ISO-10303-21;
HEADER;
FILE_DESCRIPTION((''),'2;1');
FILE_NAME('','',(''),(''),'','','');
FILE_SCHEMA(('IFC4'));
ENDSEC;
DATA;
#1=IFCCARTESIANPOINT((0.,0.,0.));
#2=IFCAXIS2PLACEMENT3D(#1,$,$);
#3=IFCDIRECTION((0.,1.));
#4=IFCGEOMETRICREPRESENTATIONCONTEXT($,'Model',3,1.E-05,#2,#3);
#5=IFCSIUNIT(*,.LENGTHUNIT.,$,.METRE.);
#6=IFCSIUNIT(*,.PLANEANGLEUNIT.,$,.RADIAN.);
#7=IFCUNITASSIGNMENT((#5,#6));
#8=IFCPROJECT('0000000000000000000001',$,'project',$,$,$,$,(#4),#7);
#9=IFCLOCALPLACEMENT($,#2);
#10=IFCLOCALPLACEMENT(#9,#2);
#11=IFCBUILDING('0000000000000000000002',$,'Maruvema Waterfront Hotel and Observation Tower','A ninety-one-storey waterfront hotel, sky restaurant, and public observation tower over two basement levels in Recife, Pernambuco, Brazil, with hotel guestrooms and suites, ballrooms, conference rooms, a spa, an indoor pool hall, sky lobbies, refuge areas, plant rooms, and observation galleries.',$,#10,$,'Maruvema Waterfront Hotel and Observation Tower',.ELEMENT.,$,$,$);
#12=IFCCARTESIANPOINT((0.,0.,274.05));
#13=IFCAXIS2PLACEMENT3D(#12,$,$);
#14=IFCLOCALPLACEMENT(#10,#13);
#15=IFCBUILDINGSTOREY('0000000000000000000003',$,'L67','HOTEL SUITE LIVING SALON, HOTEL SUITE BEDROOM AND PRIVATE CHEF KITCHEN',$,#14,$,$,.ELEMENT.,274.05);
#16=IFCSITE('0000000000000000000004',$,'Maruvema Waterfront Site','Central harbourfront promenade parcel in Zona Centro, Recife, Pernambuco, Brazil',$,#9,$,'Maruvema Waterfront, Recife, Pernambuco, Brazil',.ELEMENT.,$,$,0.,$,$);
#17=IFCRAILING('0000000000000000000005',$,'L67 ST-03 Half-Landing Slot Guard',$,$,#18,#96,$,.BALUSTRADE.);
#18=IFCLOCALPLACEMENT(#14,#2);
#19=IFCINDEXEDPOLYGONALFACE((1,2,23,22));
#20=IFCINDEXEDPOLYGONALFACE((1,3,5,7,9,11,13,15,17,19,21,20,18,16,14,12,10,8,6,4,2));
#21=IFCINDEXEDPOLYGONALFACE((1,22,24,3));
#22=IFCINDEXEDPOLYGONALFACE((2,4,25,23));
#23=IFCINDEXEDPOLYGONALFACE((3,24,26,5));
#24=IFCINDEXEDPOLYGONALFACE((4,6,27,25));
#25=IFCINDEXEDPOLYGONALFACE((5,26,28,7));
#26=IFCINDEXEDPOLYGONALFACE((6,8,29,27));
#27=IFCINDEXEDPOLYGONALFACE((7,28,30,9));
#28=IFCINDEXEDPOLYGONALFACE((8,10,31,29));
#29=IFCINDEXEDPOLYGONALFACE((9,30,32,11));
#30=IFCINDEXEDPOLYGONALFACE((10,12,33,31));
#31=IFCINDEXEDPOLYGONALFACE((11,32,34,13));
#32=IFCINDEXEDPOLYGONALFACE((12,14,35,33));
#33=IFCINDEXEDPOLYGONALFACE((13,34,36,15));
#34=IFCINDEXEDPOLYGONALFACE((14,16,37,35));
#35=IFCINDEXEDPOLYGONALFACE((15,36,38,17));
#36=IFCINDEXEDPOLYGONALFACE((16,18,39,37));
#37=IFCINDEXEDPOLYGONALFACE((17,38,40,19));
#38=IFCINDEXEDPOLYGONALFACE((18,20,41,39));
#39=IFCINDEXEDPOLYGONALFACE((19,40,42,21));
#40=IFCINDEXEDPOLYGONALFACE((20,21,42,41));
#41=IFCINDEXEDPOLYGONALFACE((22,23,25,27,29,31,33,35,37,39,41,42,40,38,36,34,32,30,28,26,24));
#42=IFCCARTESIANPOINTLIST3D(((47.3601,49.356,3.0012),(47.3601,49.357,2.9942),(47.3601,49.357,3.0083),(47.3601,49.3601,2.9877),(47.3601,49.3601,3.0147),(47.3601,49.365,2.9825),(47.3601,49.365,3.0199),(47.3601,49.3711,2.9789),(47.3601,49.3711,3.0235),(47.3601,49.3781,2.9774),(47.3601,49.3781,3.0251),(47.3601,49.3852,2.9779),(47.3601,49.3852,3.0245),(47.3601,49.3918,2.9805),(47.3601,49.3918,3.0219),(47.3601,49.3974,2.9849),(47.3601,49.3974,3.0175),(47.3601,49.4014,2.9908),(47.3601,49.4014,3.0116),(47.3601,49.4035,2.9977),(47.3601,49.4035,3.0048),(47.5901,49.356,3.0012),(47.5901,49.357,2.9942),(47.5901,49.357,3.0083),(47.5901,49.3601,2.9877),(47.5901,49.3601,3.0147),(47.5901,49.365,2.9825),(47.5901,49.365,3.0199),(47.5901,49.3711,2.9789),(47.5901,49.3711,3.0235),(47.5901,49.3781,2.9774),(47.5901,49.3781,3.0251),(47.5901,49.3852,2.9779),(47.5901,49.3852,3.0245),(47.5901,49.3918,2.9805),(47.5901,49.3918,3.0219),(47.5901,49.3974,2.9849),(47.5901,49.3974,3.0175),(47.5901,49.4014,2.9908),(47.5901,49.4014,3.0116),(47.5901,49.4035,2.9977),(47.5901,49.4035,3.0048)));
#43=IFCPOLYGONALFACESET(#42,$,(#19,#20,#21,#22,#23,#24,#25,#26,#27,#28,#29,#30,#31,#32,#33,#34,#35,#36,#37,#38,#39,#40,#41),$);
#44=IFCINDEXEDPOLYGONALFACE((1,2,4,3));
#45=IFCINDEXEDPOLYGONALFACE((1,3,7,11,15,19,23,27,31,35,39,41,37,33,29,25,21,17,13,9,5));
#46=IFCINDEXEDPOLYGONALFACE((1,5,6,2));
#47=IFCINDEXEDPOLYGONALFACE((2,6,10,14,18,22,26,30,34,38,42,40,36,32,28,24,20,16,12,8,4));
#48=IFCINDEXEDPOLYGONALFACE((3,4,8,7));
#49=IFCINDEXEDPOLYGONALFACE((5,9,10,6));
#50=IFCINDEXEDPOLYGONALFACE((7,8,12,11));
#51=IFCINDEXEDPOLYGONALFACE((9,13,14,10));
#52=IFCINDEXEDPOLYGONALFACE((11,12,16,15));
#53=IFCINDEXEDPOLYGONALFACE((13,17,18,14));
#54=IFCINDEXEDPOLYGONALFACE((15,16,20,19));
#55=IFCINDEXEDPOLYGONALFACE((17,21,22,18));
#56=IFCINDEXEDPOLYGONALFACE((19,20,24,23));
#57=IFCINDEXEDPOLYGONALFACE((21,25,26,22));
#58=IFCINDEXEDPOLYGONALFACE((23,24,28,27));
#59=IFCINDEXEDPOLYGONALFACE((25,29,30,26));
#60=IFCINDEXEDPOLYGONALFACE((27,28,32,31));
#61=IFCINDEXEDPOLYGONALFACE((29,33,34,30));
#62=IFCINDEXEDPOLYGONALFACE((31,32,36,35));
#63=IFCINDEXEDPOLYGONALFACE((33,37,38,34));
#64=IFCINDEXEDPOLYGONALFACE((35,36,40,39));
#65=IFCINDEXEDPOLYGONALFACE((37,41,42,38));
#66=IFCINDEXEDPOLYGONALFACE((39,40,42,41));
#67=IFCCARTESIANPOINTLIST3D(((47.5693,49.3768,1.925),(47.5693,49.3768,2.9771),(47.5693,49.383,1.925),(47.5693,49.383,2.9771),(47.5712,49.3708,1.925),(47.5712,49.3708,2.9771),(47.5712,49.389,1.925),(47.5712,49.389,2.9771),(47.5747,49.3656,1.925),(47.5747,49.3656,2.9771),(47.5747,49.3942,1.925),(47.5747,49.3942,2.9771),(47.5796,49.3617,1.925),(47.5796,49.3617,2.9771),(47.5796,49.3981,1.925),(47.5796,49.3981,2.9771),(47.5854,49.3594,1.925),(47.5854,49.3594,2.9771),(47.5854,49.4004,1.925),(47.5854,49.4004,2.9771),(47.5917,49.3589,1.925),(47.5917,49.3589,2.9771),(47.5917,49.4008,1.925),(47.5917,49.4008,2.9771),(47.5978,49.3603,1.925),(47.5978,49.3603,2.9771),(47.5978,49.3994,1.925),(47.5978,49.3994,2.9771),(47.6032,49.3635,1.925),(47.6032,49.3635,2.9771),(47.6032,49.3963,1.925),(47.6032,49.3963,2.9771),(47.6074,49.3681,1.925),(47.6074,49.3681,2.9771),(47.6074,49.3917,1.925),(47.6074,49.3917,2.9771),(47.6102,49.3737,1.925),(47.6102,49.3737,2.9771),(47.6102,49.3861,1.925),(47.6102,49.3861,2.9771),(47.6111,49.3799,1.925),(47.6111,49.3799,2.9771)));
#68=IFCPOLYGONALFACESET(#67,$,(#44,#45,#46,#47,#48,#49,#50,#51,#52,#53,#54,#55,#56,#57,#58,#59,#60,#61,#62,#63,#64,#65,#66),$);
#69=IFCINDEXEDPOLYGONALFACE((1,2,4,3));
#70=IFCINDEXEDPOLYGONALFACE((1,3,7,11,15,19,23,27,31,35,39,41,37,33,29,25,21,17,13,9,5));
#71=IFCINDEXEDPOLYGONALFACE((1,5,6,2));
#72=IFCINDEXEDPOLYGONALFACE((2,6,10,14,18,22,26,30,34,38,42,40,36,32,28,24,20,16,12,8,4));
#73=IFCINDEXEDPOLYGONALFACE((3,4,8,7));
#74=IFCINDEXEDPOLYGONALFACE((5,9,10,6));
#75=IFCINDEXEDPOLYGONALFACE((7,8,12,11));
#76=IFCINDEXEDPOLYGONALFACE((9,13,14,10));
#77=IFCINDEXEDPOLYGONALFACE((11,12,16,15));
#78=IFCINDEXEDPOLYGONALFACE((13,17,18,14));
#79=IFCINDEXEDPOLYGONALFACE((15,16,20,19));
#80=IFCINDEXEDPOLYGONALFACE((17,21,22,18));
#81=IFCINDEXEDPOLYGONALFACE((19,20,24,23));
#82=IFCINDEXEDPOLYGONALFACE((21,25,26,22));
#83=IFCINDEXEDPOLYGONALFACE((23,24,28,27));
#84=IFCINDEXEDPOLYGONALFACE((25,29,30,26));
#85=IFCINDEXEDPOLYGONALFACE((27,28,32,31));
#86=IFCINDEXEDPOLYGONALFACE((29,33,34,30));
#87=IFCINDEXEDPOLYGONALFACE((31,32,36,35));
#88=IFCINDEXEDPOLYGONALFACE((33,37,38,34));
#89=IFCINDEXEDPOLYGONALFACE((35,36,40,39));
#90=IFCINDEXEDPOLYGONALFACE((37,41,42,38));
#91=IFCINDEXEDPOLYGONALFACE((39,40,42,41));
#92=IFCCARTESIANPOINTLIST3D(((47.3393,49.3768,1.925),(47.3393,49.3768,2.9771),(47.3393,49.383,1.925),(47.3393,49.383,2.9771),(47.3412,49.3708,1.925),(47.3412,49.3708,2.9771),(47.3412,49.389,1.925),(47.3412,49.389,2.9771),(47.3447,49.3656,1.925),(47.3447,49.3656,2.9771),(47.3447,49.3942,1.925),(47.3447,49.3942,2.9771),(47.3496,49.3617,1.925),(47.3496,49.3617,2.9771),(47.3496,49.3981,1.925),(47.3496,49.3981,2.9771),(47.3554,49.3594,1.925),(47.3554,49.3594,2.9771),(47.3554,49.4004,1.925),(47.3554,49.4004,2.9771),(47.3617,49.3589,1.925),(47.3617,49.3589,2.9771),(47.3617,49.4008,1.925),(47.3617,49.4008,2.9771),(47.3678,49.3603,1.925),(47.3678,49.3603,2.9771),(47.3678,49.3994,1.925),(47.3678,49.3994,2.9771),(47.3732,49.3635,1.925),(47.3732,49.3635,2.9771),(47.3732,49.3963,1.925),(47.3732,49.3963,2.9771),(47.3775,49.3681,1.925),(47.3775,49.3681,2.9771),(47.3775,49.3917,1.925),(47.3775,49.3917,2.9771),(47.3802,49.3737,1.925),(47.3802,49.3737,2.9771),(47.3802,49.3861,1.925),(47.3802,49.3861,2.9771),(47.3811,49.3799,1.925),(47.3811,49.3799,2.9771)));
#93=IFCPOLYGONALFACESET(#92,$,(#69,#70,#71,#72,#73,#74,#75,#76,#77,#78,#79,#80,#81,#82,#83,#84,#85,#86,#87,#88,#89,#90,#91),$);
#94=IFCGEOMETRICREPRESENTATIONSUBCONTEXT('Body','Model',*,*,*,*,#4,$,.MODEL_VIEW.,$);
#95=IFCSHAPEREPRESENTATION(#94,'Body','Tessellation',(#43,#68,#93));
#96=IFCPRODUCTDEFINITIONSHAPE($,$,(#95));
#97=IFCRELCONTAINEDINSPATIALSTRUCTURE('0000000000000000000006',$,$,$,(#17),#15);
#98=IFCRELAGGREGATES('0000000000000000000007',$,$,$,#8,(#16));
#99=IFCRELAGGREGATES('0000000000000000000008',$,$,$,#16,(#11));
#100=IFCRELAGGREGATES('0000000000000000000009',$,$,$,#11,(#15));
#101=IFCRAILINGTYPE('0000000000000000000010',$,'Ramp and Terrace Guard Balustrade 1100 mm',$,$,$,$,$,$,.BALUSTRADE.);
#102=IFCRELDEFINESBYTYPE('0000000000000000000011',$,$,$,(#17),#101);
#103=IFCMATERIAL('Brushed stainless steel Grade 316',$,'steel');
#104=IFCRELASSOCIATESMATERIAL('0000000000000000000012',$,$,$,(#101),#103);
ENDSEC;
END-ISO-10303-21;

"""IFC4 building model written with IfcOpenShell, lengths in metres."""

from ifc_helpers import new_model, si_unit, direction, frame, origin, origin_2d, place, context, subcontext, project, spatial, circle, extrude, material, type_object, element, save


model = new_model("IFC4")

# Units and contexts
model_context = context("Model", 3, precision=1e-05, world=origin(), true_north=direction((0.0, 1.0)))
body_context = subcontext(model_context, "Body", "Model", "MODEL_VIEW")
ifc_project = project(units=[si_unit("LENGTHUNIT", "METRE"), si_unit("PLANEANGLEUNIT", "RADIAN")], contexts=[model_context])

# Site, building, storey
site_placement = place(None, origin())
site = spatial("IfcSite", under=ifc_project, at=site_placement, Name="Maruvema Waterfront Site", Description="Central harbourfront promenade parcel in Zona Centro, Recife, Pernambuco, Brazil", LongName="Maruvema Waterfront, Recife, Pernambuco, Brazil", CompositionType="ELEMENT", RefElevation=0.0)
building_placement = place(site_placement, origin())
building = spatial("IfcBuilding", under=site, at=building_placement, Name="Maruvema Waterfront Hotel and Observation Tower", Description="A ninety-one-storey waterfront hotel, sky restaurant, and public observation tower over two basement levels in Recife, Pernambuco, Brazil, with hotel guestrooms and suites, ballrooms, conference rooms, a spa, an indoor pool hall, sky lobbies, refuge areas, plant rooms, and observation galleries.", LongName="Maruvema Waterfront Hotel and Observation Tower", CompositionType="ELEMENT")
storey_placement = place(building_placement, frame((0.0, 0.0, 274.05)))
storey = spatial("IfcBuildingStorey", under=building, at=storey_placement, Name="L67", Description="HOTEL SUITE LIVING SALON, HOTEL SUITE BEDROOM AND PRIVATE CHEF KITCHEN", CompositionType="ELEMENT", Elevation=274.05)

# Railing
ifc_material_1 = material(Name="Brushed stainless steel Grade 316", Category="steel")
railing_type = type_object("IfcRailingType", Name="Ramp and Terrace Guard Balustrade 1100 mm", PredefinedType="BALUSTRADE", material=ifc_material_1)
railing_1_placement = place(storey_placement, frame((47.5901, 49.3799, 1.925)))
element("IfcRailing", 1, at=railing_1_placement, inside=storey, type_object=railing_type, Name="L67 ST-03 Half-Landing Slot Guard", PredefinedType="BALUSTRADE", context=body_context, shape_type="SweptSolid", body=[
    extrude(circle(Radius=0.0239, at=origin_2d()), frame((0.0, 0.0, 1.0762), z_axis=(-1.0, 0.0, 0.0), x_axis=(0.0, -1.0, 0.0)), (0.0, 0.0, 1.0), 0.23),
    extrude(circle(Radius=0.021, at=origin_2d()), origin(), (0.0, 0.0, 1.0), 1.052),
    extrude(circle(Radius=0.021, at=origin_2d()), frame((-0.23, 0.0, 0.0)), (0.0, 0.0, 1.0), 1.052),
])

save(model, "model.ifc")
